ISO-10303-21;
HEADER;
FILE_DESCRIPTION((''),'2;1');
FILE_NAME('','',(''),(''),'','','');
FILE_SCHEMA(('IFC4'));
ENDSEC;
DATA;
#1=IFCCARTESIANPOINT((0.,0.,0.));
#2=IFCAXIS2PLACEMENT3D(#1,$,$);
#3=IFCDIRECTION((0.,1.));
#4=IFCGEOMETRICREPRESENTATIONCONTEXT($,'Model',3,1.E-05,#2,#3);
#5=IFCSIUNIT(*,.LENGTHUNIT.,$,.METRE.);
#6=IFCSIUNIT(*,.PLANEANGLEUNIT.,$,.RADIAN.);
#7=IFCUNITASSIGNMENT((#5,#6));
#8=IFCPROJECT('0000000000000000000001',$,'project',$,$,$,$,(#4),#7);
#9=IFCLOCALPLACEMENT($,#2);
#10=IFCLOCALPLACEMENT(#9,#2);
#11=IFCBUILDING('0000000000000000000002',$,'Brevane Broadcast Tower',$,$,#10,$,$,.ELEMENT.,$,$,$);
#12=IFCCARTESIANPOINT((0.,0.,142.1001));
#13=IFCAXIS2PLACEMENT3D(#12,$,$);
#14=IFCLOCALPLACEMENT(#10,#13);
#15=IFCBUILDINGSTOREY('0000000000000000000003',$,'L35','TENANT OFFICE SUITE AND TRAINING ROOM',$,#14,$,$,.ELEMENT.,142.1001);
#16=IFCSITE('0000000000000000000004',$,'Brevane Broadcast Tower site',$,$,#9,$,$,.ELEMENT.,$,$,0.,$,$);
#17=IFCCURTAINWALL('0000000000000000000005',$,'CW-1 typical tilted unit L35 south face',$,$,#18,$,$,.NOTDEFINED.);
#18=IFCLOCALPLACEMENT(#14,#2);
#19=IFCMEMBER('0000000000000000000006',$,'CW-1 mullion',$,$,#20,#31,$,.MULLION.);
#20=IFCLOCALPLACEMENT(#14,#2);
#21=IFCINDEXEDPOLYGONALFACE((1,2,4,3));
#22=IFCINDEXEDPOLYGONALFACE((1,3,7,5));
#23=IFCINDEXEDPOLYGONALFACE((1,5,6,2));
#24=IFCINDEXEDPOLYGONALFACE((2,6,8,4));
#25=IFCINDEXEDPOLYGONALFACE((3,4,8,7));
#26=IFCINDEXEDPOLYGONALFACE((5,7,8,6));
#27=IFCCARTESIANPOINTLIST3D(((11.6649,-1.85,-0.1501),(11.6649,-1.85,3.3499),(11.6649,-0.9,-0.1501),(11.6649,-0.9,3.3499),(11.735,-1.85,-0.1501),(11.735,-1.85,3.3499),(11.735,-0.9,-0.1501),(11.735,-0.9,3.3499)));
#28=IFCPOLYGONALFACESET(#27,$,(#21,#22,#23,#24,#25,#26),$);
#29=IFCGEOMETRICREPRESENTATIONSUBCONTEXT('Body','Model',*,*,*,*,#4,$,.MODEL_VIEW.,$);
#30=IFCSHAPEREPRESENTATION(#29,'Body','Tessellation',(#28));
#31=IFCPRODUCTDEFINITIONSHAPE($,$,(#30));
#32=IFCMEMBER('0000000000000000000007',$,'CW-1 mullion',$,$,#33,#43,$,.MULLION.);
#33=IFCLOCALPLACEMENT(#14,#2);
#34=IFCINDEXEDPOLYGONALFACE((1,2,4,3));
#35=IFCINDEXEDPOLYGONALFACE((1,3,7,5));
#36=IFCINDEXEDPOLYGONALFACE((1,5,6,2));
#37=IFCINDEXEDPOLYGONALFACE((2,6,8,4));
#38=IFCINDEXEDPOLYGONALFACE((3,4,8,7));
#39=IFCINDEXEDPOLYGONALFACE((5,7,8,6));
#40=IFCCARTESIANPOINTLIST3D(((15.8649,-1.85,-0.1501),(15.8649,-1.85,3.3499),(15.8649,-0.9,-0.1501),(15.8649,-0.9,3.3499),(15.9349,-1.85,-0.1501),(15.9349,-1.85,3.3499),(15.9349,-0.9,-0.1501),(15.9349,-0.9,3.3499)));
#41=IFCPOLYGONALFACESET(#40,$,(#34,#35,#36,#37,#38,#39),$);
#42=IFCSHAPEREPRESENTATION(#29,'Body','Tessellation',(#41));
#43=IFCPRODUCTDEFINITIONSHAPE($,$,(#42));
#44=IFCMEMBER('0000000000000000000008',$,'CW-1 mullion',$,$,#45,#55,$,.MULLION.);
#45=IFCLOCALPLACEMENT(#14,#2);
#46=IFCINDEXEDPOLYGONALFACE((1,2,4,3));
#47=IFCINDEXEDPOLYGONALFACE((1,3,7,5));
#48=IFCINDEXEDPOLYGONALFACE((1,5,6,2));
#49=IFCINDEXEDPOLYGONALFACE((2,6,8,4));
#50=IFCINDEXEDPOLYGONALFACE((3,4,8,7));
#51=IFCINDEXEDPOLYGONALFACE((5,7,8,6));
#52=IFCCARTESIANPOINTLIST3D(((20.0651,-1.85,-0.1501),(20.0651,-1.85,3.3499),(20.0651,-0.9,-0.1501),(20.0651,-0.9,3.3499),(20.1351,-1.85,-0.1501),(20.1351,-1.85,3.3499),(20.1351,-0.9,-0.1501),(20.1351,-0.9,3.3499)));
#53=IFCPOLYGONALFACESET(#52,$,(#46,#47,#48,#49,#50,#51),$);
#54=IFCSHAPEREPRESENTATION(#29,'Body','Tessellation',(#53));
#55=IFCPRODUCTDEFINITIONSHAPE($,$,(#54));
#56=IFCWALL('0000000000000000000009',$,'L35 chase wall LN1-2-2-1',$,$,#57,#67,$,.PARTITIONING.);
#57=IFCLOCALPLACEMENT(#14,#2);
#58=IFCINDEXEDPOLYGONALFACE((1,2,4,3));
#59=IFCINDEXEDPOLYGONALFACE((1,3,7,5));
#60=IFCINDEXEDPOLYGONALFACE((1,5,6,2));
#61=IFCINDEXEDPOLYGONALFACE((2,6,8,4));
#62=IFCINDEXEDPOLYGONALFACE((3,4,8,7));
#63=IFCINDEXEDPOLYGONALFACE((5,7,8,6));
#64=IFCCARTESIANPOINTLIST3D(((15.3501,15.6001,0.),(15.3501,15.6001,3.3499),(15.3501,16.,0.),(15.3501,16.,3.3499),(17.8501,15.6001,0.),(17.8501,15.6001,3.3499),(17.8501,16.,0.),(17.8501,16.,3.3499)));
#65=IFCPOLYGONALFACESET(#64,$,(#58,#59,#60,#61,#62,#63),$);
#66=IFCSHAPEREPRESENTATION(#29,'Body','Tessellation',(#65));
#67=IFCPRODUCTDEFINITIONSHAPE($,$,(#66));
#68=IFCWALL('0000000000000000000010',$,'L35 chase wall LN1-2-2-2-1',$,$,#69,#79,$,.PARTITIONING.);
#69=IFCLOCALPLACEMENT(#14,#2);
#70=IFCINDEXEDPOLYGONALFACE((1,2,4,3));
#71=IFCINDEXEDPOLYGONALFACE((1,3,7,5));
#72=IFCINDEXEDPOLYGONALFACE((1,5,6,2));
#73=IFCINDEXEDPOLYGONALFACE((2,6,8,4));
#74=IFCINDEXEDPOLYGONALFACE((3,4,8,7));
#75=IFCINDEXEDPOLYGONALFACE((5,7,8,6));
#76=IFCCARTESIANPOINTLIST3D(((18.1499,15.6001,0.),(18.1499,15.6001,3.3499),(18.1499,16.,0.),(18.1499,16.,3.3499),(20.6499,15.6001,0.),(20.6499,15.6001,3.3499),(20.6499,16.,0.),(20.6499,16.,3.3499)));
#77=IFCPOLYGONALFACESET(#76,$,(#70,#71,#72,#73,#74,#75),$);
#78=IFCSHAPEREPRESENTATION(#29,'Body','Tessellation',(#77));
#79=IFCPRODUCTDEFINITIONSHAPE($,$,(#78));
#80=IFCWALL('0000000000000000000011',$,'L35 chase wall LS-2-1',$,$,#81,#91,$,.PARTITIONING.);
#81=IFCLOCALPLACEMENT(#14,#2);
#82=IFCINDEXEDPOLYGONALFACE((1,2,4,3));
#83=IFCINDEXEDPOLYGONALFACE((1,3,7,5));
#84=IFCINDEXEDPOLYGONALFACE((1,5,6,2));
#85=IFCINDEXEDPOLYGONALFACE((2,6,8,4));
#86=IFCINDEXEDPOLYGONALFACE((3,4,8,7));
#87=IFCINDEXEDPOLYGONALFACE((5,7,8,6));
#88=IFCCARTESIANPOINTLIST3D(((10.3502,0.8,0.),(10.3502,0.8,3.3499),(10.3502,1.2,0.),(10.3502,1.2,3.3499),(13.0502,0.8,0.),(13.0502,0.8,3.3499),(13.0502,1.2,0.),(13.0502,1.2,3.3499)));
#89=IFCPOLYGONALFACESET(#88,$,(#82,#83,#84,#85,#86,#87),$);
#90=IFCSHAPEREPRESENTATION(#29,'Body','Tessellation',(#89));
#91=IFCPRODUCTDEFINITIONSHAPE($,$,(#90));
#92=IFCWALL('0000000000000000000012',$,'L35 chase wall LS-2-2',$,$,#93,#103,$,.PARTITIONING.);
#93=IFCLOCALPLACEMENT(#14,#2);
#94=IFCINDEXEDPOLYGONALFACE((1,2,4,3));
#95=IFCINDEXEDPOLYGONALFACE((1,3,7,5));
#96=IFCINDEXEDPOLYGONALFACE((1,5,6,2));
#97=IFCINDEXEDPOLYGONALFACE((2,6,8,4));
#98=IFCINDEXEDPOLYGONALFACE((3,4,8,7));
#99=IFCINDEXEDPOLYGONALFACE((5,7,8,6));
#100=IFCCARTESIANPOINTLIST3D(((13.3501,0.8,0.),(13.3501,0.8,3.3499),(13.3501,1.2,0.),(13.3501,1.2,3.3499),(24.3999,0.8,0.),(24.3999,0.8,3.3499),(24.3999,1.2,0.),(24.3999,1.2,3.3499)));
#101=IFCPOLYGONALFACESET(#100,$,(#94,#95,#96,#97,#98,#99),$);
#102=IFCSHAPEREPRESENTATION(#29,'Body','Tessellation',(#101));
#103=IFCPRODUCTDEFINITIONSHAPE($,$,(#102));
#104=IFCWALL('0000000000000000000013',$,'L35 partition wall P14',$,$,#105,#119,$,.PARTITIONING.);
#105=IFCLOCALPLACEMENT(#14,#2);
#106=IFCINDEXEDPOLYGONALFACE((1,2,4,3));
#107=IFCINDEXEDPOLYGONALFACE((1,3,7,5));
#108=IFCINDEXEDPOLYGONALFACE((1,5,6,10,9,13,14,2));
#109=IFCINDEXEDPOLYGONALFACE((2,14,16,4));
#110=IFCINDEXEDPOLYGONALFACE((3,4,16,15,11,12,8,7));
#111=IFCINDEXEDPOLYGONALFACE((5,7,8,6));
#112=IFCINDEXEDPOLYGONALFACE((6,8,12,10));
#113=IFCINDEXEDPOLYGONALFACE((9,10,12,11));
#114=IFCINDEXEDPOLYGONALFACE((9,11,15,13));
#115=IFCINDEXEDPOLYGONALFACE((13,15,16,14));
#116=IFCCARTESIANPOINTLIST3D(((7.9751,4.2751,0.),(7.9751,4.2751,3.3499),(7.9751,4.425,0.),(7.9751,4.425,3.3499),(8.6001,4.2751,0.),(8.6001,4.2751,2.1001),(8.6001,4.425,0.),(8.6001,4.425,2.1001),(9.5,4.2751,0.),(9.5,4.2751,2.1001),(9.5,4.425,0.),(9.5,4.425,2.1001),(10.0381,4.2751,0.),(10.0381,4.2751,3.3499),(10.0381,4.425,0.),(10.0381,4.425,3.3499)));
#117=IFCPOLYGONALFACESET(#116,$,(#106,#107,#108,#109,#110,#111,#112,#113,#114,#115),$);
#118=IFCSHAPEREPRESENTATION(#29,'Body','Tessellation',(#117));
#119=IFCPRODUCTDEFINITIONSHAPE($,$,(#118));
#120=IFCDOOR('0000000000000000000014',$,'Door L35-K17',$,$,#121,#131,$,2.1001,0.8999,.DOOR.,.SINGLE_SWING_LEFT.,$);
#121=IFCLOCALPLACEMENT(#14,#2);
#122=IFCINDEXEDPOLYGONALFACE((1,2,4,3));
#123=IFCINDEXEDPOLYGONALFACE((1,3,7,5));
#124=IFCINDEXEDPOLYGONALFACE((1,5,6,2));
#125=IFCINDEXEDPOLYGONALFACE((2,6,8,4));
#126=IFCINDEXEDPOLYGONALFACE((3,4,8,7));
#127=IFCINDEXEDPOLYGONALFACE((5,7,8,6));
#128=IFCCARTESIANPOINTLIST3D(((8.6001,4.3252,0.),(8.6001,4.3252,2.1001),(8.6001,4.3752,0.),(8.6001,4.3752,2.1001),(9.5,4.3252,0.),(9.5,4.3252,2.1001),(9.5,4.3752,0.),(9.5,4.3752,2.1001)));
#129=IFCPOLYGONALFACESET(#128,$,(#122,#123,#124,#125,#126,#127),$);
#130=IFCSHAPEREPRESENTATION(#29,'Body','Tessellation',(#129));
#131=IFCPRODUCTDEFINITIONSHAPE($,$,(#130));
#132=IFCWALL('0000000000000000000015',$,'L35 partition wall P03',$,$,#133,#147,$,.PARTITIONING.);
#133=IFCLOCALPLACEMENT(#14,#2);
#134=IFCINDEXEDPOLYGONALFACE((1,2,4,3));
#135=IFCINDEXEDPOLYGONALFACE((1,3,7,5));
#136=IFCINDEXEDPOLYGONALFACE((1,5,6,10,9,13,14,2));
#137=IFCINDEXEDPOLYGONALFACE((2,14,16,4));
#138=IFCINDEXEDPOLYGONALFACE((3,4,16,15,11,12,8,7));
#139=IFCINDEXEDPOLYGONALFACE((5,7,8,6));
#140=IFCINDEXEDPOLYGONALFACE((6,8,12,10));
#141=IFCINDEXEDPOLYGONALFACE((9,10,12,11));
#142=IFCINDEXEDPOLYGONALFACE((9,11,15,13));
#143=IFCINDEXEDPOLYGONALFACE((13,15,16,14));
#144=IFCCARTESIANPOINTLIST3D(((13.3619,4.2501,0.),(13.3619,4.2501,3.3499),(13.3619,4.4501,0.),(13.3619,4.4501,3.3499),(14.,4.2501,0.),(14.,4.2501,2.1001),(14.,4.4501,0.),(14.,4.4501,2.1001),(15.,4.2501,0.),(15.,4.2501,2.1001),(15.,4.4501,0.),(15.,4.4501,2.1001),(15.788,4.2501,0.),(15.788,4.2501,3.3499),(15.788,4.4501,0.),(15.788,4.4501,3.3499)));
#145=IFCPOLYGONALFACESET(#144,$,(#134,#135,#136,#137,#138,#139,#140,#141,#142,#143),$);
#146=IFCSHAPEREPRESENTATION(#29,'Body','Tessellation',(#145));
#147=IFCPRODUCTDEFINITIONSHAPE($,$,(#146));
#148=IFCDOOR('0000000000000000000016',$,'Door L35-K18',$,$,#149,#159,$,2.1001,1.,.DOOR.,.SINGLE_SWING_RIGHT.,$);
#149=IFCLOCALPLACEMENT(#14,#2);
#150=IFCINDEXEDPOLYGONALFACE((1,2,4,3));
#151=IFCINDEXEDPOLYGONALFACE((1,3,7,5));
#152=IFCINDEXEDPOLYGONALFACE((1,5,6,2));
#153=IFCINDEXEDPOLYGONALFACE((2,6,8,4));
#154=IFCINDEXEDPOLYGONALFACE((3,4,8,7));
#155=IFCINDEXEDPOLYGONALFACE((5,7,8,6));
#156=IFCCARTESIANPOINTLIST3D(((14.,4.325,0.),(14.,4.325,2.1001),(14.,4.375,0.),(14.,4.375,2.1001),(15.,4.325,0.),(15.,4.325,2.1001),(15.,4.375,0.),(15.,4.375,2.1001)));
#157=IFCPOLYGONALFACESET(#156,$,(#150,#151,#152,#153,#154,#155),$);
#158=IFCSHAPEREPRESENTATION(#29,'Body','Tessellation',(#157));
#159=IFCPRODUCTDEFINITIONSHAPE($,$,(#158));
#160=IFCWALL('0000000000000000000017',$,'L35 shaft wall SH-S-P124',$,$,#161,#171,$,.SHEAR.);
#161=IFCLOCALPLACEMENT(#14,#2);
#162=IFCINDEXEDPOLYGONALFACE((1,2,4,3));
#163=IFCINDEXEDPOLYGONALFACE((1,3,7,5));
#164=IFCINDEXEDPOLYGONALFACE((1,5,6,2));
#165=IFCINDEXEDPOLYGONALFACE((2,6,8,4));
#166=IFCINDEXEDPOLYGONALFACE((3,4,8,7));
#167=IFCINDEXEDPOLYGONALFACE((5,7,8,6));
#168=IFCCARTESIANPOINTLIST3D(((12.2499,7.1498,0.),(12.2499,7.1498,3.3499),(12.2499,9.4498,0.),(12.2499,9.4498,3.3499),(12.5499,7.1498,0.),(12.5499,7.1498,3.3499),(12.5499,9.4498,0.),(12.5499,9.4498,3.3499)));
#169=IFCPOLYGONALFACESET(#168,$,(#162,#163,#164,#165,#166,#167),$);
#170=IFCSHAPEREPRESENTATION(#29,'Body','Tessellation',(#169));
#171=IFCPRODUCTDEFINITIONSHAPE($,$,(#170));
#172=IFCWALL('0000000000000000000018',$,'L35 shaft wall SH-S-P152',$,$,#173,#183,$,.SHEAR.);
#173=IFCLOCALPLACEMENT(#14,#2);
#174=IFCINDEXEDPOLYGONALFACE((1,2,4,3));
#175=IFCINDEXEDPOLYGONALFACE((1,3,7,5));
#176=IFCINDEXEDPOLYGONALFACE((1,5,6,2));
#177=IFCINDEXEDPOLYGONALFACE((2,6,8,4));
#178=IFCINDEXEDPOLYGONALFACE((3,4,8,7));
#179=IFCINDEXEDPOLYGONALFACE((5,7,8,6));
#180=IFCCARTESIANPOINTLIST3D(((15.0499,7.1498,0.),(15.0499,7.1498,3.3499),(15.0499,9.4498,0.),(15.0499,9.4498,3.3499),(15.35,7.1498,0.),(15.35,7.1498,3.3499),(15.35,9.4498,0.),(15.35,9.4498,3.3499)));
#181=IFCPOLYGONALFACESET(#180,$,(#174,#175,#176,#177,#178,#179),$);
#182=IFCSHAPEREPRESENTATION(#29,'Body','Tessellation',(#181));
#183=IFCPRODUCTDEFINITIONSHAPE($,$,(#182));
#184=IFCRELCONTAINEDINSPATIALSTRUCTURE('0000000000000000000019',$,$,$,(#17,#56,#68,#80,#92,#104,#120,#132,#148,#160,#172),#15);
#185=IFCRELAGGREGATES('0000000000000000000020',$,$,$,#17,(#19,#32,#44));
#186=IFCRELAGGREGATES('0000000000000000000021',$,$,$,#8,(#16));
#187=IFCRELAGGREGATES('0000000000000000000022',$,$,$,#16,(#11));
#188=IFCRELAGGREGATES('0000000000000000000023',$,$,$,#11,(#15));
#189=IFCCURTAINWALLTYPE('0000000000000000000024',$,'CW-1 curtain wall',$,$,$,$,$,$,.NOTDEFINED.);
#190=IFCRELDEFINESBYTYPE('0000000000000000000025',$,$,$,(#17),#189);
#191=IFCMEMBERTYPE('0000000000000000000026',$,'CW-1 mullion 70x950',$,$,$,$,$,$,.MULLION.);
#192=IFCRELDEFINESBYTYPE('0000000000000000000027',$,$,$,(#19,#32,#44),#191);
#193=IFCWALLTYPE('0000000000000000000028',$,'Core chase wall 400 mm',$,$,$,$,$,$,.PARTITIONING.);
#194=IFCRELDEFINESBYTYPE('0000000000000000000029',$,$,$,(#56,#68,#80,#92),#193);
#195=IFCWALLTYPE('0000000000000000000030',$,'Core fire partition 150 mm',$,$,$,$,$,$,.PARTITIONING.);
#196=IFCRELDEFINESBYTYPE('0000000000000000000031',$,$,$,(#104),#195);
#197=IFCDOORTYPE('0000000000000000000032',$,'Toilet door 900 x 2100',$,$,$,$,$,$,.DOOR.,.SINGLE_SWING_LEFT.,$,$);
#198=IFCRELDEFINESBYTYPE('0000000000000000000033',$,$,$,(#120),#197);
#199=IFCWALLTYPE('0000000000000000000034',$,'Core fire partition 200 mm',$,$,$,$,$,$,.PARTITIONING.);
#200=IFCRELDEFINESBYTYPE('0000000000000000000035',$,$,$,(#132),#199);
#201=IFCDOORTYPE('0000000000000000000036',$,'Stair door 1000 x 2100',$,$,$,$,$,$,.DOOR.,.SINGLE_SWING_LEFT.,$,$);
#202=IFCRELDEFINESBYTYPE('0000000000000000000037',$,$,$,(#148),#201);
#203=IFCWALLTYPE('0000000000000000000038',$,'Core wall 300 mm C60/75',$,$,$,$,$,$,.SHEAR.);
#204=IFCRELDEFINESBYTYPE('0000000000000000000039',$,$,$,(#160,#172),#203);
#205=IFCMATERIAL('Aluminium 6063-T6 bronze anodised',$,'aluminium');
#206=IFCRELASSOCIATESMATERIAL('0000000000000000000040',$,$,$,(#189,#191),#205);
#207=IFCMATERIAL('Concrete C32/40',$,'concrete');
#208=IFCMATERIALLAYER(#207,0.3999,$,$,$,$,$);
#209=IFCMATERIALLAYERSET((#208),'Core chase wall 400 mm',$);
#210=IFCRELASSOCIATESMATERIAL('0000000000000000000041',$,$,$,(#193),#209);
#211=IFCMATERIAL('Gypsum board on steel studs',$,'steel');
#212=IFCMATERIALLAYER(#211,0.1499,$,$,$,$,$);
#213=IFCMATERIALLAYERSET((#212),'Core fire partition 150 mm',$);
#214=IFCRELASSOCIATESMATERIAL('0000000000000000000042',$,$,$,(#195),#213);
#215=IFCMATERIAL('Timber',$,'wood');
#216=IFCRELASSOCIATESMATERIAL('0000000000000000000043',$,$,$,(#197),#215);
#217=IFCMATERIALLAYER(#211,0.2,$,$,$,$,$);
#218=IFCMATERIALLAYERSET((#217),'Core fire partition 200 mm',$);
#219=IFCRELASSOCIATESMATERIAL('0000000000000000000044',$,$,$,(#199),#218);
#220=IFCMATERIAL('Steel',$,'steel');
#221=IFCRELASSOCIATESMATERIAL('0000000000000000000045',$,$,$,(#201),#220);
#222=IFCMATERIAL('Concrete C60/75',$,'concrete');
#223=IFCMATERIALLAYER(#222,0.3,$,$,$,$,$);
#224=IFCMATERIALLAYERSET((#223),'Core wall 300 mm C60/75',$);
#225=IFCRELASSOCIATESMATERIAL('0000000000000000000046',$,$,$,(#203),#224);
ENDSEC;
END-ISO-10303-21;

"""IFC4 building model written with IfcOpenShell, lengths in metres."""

from ifc_helpers import new_model, si_unit, direction, frame, frame_2d, origin, origin_2d, place, context, subcontext, project, spatial, rectangle, extrude, material, layer, layer_set, material_profile, profile_set, type_object, element, fill, aggregate, save


model = new_model("IFC4")

# Units and contexts
model_context = context("Model", 3, precision=1e-05, world=origin(), true_north=direction((0.0, 1.0)))
body_context = subcontext(model_context, "Body", "Model", "MODEL_VIEW")
ifc_project = project(units=[si_unit("LENGTHUNIT", "METRE"), si_unit("PLANEANGLEUNIT", "RADIAN")], contexts=[model_context])

# Site, building, storey
site_placement = place(None, origin())
site = spatial("IfcSite", under=ifc_project, at=site_placement, Name="Brevane Broadcast Tower site", CompositionType="ELEMENT", RefElevation=0.0)
building_placement = place(site_placement, origin())
building = spatial("IfcBuilding", under=site, at=building_placement, Name="Brevane Broadcast Tower", CompositionType="ELEMENT")
storey_placement = place(building_placement, frame((0.0, 0.0, 142.1001)))
storey = spatial("IfcBuildingStorey", under=building, at=storey_placement, Name="L35", Description="TENANT OFFICE SUITE AND TRAINING ROOM", CompositionType="ELEMENT", Elevation=142.1001)

# Curtain wall, members
ifc_material_1 = material(Name="Aluminium 6063-T6 bronze anodised", Category="aluminium")
curtain_wall_type = type_object("IfcCurtainWallType", Name="CW-1 curtain wall", PredefinedType="NOTDEFINED", material=ifc_material_1)
curtain_wall_placement = place(storey_placement, origin())
curtain_wall = element("IfcCurtainWall", 1, at=curtain_wall_placement, inside=storey, type_object=curtain_wall_type, Name="CW-1 typical tilted unit L35 south face", PredefinedType="NOTDEFINED")
ifc_material_profile = material_profile(ifc_material_1, rectangle(XDim=0.95, YDim=0.0701, at=origin_2d()), Name="RECT 70x950")
ifc_profile_set = profile_set([ifc_material_profile], Name="Aluminium 6063-T6 bronze anodised")
member_type = type_object("IfcMemberType", Name="CW-1 mullion 70x950", PredefinedType="MULLION", material=ifc_profile_set)
member_1_placement = place(storey_placement, frame((11.7, -1.375, -0.1501), z_axis=(0.0, 0.0, 1.0), x_axis=(0.0, 1.0, 0.0)))
member_1 = element("IfcMember", 2, at=member_1_placement, type_object=member_type, Name="CW-1 mullion", PredefinedType="MULLION", context=body_context, shape_type="SweptSolid", body=[
    extrude(rectangle(XDim=0.95, YDim=0.0701, at=origin_2d()), origin(), (0.0, 0.0, 1.0), 3.5),
])
member_2_placement = place(storey_placement, frame((15.8999, -1.375, -0.1501), z_axis=(0.0, 0.0, 1.0), x_axis=(0.0, 1.0, 0.0)))
member_2 = element("IfcMember", 3, at=member_2_placement, type_object=member_type, Name="CW-1 mullion", PredefinedType="MULLION", context=body_context, shape_type="SweptSolid", body=[
    extrude(rectangle(XDim=0.95, YDim=0.0701, at=origin_2d()), origin(), (0.0, 0.0, 1.0), 3.5),
])
member_3_placement = place(storey_placement, frame((20.1001, -1.375, -0.1501), z_axis=(0.0, 0.0, 1.0), x_axis=(0.0, 1.0, 0.0)))
member_3 = element("IfcMember", 4, at=member_3_placement, type_object=member_type, Name="CW-1 mullion", PredefinedType="MULLION", context=body_context, shape_type="SweptSolid", body=[
    extrude(rectangle(XDim=0.95, YDim=0.0701, at=origin_2d()), origin(), (0.0, 0.0, 1.0), 3.5),
])
aggregate(curtain_wall, [member_1, member_2, member_3])

# Walls
ifc_material_2 = material(Name="Concrete C32/40", Category="concrete")
ifc_layer_1 = layer(ifc_material_2, 0.3999)
ifc_layer_set_1 = layer_set([ifc_layer_1], Name="Core chase wall 400 mm")
wall_type_1 = type_object("IfcWallType", Name="Core chase wall 400 mm", PredefinedType="PARTITIONING", material=ifc_layer_set_1)
for number, where, z_axis, x_axis, name in (
    (5, (15.3501, 15.8, 0.0), (0.0, 0.0, 1.0), (1.0, 0.0, 0.0), "L35 chase wall LN1-2-2-1"),
    (6, (18.1499, 15.8, 0.0), (0.0, 0.0, 1.0), (1.0, 0.0, 0.0), "L35 chase wall LN1-2-2-2-1"),
):
    element("IfcWall", number, at=place(storey_placement, frame(where, z_axis=z_axis, x_axis=x_axis)), inside=storey, type_object=wall_type_1, Name=name, PredefinedType="PARTITIONING", context=body_context, shape_type="SweptSolid", body=[
        extrude(rectangle(XDim=2.5, YDim=0.3999, at=frame_2d((1.25, 0.0))), origin(), (0.0, 0.0, 1.0), 3.3499),
    ])
wall_1_placement = place(storey_placement, frame((10.3501, 1.0, 0.0), z_axis=(0.0, 0.0, 1.0), x_axis=(1.0, 0.0, 0.0)))
element("IfcWall", 7, at=wall_1_placement, inside=storey, type_object=wall_type_1, Name="L35 chase wall LS-2-1", PredefinedType="PARTITIONING", context=body_context, shape_type="SweptSolid", body=[
    extrude(rectangle(XDim=2.7, YDim=0.3999, at=frame_2d((1.3501, 0.0))), origin(), (0.0, 0.0, 1.0), 3.3499),
])
wall_2_placement = place(storey_placement, frame((13.3501, 1.0, 0.0), z_axis=(0.0, 0.0, 1.0), x_axis=(1.0, 0.0, 0.0)))
element("IfcWall", 8, at=wall_2_placement, inside=storey, type_object=wall_type_1, Name="L35 chase wall LS-2-2", PredefinedType="PARTITIONING", context=body_context, shape_type="SweptSolid", body=[
    extrude(rectangle(XDim=11.0498, YDim=0.3999, at=frame_2d((5.5249, 0.0))), origin(), (0.0, 0.0, 1.0), 3.3499),
])

# Walls, openings, doors
ifc_material_3 = material(Name="Gypsum board on steel studs", Category="steel")
ifc_layer_2 = layer(ifc_material_3, 0.1499)
ifc_layer_set_2 = layer_set([ifc_layer_2], Name="Core fire partition 150 mm")
wall_type_2 = type_object("IfcWallType", Name="Core fire partition 150 mm", PredefinedType="PARTITIONING", material=ifc_layer_set_2)
wall_3_placement = place(storey_placement, frame((10.0381, 4.3501, 0.0), z_axis=(0.0, 0.0, 1.0), x_axis=(-1.0, 0.0, 0.0)))
wall_3 = element("IfcWall", 9, at=wall_3_placement, inside=storey, type_object=wall_type_2, Name="L35 partition wall P14", PredefinedType="PARTITIONING", context=body_context, shape_type="SweptSolid", body=[
    extrude(rectangle(XDim=2.063, YDim=0.1499, at=frame_2d((1.0315, 0.0))), origin(), (0.0, 0.0, 1.0), 3.3499),
])
opening_1_placement = place(wall_3_placement, frame((0.5381, 0.0, 0.0)))
opening_1 = element("IfcOpeningElement", 10, at=opening_1_placement, cuts=wall_3, PredefinedType="OPENING", context=body_context, shape_type="SweptSolid", body=[
    extrude(rectangle(XDim=0.8999, YDim=2.1001, at=frame_2d((0.45, 1.05))), frame((0.0, 0.085, 0.0), z_axis=(0.0, -1.0, 0.0), x_axis=(1.0, 0.0, 0.0)), (0.0, 0.0, 1.0), 0.1699),
])
ifc_material_4 = material(Name="Timber", Category="wood")
door_type_1 = type_object("IfcDoorType", Name="Toilet door 900 x 2100", OperationType="SINGLE_SWING_LEFT", PredefinedType="DOOR", material=ifc_material_4)
door_1_placement = place(opening_1_placement, origin())
door_1 = element("IfcDoor", 11, at=door_1_placement, inside=storey, type_object=door_type_1, Name="Door L35-K17", OperationType="SINGLE_SWING_LEFT", OverallHeight=2.1001, OverallWidth=0.8999, PredefinedType="DOOR", context=body_context, shape_type="SweptSolid", body=[
    extrude(rectangle(XDim=0.8999, YDim=2.1001, at=frame_2d((0.45, 1.05))), frame((0.0, 0.0249, 0.0), z_axis=(0.0, -1.0, 0.0), x_axis=(1.0, 0.0, 0.0)), (0.0, 0.0, 1.0), 0.05),
])
fill(opening_1, door_1)
ifc_layer_3 = layer(ifc_material_3, 0.2)
ifc_layer_set_3 = layer_set([ifc_layer_3], Name="Core fire partition 200 mm")
wall_type_3 = type_object("IfcWallType", Name="Core fire partition 200 mm", PredefinedType="PARTITIONING", material=ifc_layer_set_3)
wall_4_placement = place(storey_placement, frame((13.3621, 4.3501, 0.0), z_axis=(0.0, 0.0, 1.0), x_axis=(1.0, 0.0, 0.0)))
wall_4 = element("IfcWall", 12, at=wall_4_placement, inside=storey, type_object=wall_type_3, Name="L35 partition wall P03", PredefinedType="PARTITIONING", context=body_context, shape_type="SweptSolid", body=[
    extrude(rectangle(XDim=2.426, YDim=0.2, at=frame_2d((1.2129, 0.0))), origin(), (0.0, 0.0, 1.0), 3.3499),
])
opening_2_placement = place(wall_4_placement, frame((0.6379, 0.0, 0.0)))
opening_2 = element("IfcOpeningElement", 13, at=opening_2_placement, cuts=wall_4, PredefinedType="OPENING", context=body_context, shape_type="SweptSolid", body=[
    extrude(rectangle(XDim=1.0, YDim=2.1001, at=frame_2d((0.5, 1.05))), frame((0.0, 0.1099, 0.0), z_axis=(0.0, -1.0, 0.0), x_axis=(1.0, 0.0, 0.0)), (0.0, 0.0, 1.0), 0.22),
])
ifc_material_5 = material(Name="Steel", Category="steel")
door_type_2 = type_object("IfcDoorType", Name="Stair door 1000 x 2100", OperationType="SINGLE_SWING_LEFT", PredefinedType="DOOR", material=ifc_material_5)
door_2_placement = place(opening_2_placement, origin())
door_2 = element("IfcDoor", 14, at=door_2_placement, inside=storey, type_object=door_type_2, Name="Door L35-K18", OperationType="SINGLE_SWING_RIGHT", OverallHeight=2.1001, OverallWidth=1.0, PredefinedType="DOOR", context=body_context, shape_type="SweptSolid", body=[
    extrude(rectangle(XDim=1.0, YDim=2.1001, at=frame_2d((0.5, 1.05))), frame((0.0, 0.0249, 0.0), z_axis=(0.0, -1.0, 0.0), x_axis=(1.0, 0.0, 0.0)), (0.0, 0.0, 1.0), 0.05),
])
fill(opening_2, door_2)

# Walls
ifc_material_6 = material(Name="Concrete C60/75", Category="concrete")
ifc_layer_4 = layer(ifc_material_6, 0.3)
ifc_layer_set_4 = layer_set([ifc_layer_4], Name="Core wall 300 mm C60/75")
wall_type_4 = type_object("IfcWallType", Name="Core wall 300 mm C60/75", PredefinedType="SHEAR", material=ifc_layer_set_4)
for number, where, z_axis, x_axis, name in (
    (15, (12.3999, 7.1499, 0.0), (0.0, 0.0, 1.0), (0.0, 1.0, 0.0), "L35 shaft wall SH-S-P124"),
    (16, (15.2, 7.1499, 0.0), (0.0, 0.0, 1.0), (0.0, 1.0, 0.0), "L35 shaft wall SH-S-P152"),
):
    element("IfcWall", number, at=place(storey_placement, frame(where, z_axis=z_axis, x_axis=x_axis)), inside=storey, type_object=wall_type_4, Name=name, PredefinedType="SHEAR", context=body_context, shape_type="SweptSolid", body=[
        extrude(rectangle(XDim=2.3, YDim=0.3, at=frame_2d((1.1499, 0.0))), origin(), (0.0, 0.0, 1.0), 3.3499),
    ])

save(model, "model.ifc")
